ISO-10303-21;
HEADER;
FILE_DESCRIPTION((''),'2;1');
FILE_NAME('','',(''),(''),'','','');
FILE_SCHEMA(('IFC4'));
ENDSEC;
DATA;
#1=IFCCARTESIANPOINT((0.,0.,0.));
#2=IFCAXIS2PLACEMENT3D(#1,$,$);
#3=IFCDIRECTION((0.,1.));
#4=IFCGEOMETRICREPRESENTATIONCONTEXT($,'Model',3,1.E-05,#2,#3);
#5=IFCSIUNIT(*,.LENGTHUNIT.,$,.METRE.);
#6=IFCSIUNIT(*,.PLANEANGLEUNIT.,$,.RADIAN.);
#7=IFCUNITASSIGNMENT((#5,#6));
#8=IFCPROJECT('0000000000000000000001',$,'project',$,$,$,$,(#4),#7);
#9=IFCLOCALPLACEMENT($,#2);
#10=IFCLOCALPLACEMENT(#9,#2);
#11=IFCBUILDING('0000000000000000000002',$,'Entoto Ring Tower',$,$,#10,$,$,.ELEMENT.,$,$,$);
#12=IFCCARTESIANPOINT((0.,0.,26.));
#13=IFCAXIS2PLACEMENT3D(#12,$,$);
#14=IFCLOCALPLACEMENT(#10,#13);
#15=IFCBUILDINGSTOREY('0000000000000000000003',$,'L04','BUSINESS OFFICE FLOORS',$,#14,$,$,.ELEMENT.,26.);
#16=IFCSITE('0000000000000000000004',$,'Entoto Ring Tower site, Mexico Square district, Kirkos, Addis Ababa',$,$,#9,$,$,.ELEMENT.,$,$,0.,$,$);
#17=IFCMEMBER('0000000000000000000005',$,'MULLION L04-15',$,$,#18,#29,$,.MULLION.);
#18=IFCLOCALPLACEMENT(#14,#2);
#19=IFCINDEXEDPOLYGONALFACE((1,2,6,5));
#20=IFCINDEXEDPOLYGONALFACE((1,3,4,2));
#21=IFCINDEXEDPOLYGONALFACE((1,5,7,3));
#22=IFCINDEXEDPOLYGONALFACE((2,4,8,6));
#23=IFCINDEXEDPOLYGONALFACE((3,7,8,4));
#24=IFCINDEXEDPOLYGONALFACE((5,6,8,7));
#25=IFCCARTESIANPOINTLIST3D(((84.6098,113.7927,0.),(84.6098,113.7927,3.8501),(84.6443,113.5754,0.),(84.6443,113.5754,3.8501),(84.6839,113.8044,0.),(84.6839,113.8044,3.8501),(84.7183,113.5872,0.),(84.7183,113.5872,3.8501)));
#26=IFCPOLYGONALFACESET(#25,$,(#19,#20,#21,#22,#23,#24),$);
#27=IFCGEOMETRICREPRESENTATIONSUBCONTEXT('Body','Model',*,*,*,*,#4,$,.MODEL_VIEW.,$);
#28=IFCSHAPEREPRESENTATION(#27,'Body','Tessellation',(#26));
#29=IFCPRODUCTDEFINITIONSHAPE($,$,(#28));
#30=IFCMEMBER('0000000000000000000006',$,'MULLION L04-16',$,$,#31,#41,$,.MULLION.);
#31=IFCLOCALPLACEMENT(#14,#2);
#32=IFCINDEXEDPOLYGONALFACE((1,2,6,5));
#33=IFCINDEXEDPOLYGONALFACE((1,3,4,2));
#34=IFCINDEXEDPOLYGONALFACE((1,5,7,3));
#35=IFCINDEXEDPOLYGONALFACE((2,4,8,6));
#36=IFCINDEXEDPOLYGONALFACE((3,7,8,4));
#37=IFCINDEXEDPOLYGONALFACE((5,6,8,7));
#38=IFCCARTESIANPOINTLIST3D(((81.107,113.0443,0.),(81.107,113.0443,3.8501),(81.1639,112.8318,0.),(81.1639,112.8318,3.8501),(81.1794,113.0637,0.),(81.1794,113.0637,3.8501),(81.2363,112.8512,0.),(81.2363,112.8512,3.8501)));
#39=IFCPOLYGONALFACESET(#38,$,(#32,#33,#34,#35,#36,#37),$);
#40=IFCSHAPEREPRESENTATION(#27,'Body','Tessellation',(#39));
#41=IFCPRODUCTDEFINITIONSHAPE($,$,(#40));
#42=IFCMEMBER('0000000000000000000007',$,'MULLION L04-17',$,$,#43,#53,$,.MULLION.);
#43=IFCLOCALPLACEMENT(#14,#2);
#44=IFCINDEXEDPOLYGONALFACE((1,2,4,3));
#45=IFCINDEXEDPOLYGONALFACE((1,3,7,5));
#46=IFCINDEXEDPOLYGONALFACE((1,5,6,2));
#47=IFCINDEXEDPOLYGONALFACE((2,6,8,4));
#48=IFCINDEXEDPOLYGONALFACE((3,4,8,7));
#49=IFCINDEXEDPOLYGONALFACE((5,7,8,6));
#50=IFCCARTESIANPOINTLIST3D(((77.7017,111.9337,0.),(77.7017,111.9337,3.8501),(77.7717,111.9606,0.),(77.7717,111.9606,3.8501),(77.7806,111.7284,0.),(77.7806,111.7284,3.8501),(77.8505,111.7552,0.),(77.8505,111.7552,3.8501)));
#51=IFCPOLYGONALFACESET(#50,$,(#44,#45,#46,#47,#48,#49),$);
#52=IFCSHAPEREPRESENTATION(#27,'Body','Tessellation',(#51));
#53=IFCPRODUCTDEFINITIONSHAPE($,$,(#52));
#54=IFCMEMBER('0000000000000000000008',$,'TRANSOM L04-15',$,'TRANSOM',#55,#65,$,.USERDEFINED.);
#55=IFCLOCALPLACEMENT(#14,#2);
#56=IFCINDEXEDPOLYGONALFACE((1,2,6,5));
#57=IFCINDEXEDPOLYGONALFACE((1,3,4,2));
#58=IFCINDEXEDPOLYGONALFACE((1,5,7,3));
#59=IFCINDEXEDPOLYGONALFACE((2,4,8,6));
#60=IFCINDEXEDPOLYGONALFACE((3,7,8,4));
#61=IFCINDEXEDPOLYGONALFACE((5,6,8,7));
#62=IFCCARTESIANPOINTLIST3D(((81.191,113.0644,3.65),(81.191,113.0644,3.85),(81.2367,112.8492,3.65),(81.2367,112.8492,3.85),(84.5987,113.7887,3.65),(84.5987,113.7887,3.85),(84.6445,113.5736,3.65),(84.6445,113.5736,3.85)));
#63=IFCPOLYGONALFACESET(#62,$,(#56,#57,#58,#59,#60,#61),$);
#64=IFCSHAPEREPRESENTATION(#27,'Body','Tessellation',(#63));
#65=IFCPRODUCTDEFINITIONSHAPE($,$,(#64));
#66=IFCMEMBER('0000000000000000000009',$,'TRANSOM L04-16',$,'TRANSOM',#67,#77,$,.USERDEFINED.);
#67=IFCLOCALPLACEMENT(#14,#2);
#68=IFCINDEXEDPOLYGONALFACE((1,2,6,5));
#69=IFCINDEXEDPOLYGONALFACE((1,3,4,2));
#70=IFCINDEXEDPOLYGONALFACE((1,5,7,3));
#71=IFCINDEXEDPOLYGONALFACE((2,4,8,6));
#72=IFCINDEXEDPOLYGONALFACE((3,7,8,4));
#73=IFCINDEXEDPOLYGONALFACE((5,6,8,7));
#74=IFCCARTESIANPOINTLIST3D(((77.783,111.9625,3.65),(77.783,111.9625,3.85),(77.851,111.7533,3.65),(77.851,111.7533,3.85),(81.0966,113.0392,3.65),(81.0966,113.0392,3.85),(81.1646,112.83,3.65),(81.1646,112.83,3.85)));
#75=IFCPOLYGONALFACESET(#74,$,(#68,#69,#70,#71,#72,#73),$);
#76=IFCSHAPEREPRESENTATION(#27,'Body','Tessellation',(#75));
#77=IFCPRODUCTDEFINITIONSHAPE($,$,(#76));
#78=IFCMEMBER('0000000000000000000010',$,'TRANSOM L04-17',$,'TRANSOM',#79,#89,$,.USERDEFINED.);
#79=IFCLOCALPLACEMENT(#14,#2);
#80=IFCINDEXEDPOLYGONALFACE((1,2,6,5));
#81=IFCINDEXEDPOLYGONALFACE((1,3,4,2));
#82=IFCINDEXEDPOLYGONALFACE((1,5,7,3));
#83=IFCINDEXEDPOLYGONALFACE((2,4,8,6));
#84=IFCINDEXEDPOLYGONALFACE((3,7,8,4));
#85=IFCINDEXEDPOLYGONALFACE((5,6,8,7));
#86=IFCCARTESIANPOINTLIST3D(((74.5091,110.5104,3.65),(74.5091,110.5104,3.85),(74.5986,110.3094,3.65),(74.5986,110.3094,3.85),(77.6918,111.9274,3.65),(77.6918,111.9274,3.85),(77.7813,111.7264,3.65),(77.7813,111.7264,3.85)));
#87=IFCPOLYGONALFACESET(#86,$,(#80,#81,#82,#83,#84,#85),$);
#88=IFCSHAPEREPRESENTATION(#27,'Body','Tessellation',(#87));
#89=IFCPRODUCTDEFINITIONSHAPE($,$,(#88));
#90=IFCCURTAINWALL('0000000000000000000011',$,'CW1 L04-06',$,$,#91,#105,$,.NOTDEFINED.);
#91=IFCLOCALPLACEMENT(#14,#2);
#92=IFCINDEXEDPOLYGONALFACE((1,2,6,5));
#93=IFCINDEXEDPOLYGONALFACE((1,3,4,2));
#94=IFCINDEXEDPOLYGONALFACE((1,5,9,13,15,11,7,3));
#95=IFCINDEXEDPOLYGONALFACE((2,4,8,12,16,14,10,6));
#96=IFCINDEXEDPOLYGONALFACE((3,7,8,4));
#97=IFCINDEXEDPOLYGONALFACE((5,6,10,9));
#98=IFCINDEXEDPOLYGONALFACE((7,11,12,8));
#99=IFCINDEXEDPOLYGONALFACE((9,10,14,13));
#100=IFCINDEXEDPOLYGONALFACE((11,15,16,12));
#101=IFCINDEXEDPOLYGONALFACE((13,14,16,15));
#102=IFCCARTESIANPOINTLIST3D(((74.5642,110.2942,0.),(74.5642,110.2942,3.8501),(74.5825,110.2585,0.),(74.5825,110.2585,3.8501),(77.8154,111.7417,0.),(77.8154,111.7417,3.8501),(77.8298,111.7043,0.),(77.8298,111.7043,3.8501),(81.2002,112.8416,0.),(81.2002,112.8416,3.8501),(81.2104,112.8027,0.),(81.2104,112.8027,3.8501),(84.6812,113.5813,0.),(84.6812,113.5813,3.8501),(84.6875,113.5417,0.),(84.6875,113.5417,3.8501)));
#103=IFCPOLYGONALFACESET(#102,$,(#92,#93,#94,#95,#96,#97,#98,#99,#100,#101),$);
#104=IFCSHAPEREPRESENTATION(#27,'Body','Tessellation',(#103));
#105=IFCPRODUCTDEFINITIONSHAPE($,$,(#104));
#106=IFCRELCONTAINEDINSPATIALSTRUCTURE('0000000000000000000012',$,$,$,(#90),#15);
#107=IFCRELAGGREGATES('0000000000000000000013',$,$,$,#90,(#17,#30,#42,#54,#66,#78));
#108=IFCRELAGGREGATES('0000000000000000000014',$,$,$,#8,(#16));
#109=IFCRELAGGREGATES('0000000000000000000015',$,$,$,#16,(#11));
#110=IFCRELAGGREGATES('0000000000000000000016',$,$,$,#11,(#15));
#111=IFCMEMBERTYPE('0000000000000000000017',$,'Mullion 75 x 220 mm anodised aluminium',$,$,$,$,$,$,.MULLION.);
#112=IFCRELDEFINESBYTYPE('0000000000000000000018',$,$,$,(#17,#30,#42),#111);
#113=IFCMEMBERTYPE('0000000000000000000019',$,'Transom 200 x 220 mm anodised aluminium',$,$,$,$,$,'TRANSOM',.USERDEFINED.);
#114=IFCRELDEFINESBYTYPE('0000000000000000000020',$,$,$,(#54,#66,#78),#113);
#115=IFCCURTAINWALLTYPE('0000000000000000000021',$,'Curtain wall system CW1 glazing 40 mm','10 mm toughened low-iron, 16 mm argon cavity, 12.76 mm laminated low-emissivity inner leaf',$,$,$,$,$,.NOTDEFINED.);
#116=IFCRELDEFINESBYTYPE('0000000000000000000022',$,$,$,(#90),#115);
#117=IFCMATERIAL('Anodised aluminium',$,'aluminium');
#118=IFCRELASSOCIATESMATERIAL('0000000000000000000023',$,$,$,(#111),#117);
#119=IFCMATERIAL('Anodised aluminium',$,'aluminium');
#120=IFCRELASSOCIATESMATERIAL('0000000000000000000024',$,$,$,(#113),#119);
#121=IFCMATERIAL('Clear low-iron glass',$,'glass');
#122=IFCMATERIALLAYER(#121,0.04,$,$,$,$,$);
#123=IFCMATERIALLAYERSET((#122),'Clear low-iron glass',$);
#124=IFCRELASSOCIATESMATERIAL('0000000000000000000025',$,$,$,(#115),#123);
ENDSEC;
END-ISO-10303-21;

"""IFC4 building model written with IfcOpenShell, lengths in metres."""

from ifc_helpers import new_model, si_unit, direction, frame, origin, origin_2d, place, context, subcontext, project, spatial, polyline, rectangle, outline, extrude, material, layer, layer_set, material_profile, profile_set, type_object, element, aggregate, save


model = new_model("IFC4")

# Units and contexts
model_context = context("Model", 3, precision=1e-05, world=origin(), true_north=direction((0.0, 1.0)))
body_context = subcontext(model_context, "Body", "Model", "MODEL_VIEW")
ifc_project = project(units=[si_unit("LENGTHUNIT", "METRE"), si_unit("PLANEANGLEUNIT", "RADIAN")], contexts=[model_context])

# Members
ifc_material_1 = material(Name="Anodised aluminium", Category="aluminium")
ifc_material_profile_1 = material_profile(ifc_material_1, rectangle(XDim=0.075, YDim=0.22, at=origin_2d()), Name="Mullion 75 x 220 mm anodised aluminium")
ifc_profile_set_1 = profile_set([ifc_material_profile_1], Name="Anodised aluminium")
member_type_1 = type_object("IfcMemberType", Name="Mullion 75 x 220 mm anodised aluminium", PredefinedType="MULLION", material=ifc_profile_set_1)
site_placement = place(None, origin())
building_placement = place(site_placement, origin())
storey_placement = place(building_placement, frame((0.0, 0.0, 26.0)))
member_1_placement = place(storey_placement, frame((84.6641, 113.6899, 0.0), z_axis=(0.0, 0.0, 1.0), x_axis=(-0.987688, -0.156434, 0.0)))
member_1 = element("IfcMember", 1, at=member_1_placement, type_object=member_type_1, Name="MULLION L04-15", PredefinedType="MULLION", context=body_context, shape_type="SweptSolid", body=[
    extrude(rectangle(XDim=0.075, YDim=0.22, at=origin_2d()), origin(), (0.0, 0.0, 1.0), 3.8501),
])
member_2_placement = place(storey_placement, frame((81.1716, 112.9478, 0.0), z_axis=(0.0, 0.0, 1.0), x_axis=(-0.965926, -0.258819, 0.0)))
member_2 = element("IfcMember", 2, at=member_2_placement, type_object=member_type_1, Name="MULLION L04-16", PredefinedType="MULLION", context=body_context, shape_type="SweptSolid", body=[
    extrude(rectangle(XDim=0.075, YDim=0.22, at=origin_2d()), origin(), (0.0, 0.0, 1.0), 3.8501),
])
member_3_placement = place(storey_placement, frame((77.7761, 111.8445, 0.0), z_axis=(0.0, 0.0, 1.0), x_axis=(-0.93358, -0.358368, 0.0)))
member_3 = element("IfcMember", 3, at=member_3_placement, type_object=member_type_1, Name="MULLION L04-17", PredefinedType="MULLION", context=body_context, shape_type="SweptSolid", body=[
    extrude(rectangle(XDim=0.075, YDim=0.22, at=origin_2d()), origin(), (0.0, 0.0, 1.0), 3.8501),
])
ifc_material_2 = material(Name="Anodised aluminium", Category="aluminium")
ifc_material_profile_2 = material_profile(ifc_material_2, rectangle(XDim=0.22, YDim=0.2, at=origin_2d()), Name="Transom 200 x 220 mm anodised aluminium")
ifc_profile_set_2 = profile_set([ifc_material_profile_2], Name="Anodised aluminium")
member_type_2 = type_object("IfcMemberType", Name="Transom 200 x 220 mm anodised aluminium", ElementType="TRANSOM", PredefinedType="USERDEFINED", material=ifc_profile_set_2)
member_4_placement = place(storey_placement, frame((84.6216, 113.6812, 3.75), z_axis=(-0.978146, -0.207921, 0.0), x_axis=(0.207921, -0.978146, 0.0)))
member_4 = element("IfcMember", 4, at=member_4_placement, type_object=member_type_2, Name="TRANSOM L04-15", ObjectType="TRANSOM", PredefinedType="USERDEFINED", context=body_context, shape_type="SweptSolid", body=[
    extrude(rectangle(XDim=0.22, YDim=0.2, at=origin_2d()), origin(), (0.0, 0.0, 1.0), 3.4839),
])
member_5_placement = place(storey_placement, frame((81.1306, 112.9346, 3.75), z_axis=(-0.951053, -0.309029, 0.0), x_axis=(0.309029, -0.951053, 0.0)))
member_5 = element("IfcMember", 5, at=member_5_placement, type_object=member_type_2, Name="TRANSOM L04-16", ObjectType="TRANSOM", PredefinedType="USERDEFINED", context=body_context, shape_type="SweptSolid", body=[
    extrude(rectangle(XDim=0.22, YDim=0.2, at=origin_2d()), origin(), (0.0, 0.0, 1.0), 3.4841),
])
member_6_placement = place(storey_placement, frame((77.7366, 111.8269, 3.75), z_axis=(-0.913545, -0.406737, 0.0), x_axis=(0.406737, -0.913545, 0.0)))
member_6 = element("IfcMember", 6, at=member_6_placement, type_object=member_type_2, Name="TRANSOM L04-17", ObjectType="TRANSOM", PredefinedType="USERDEFINED", context=body_context, shape_type="SweptSolid", body=[
    extrude(rectangle(XDim=0.22, YDim=0.2, at=origin_2d()), origin(), (0.0, 0.0, 1.0), 3.4839),
])

# Site, building, storey
site = spatial("IfcSite", under=ifc_project, at=site_placement, Name="Entoto Ring Tower site, Mexico Square district, Kirkos, Addis Ababa", CompositionType="ELEMENT", RefElevation=0.0)
building = spatial("IfcBuilding", under=site, at=building_placement, Name="Entoto Ring Tower", CompositionType="ELEMENT")
storey = spatial("IfcBuildingStorey", under=building, at=storey_placement, Name="L04", Description="BUSINESS OFFICE FLOORS", CompositionType="ELEMENT", Elevation=26.0)

# Curtain wall
ifc_material_3 = material(Name="Clear low-iron glass", Category="glass")
ifc_layer = layer(ifc_material_3, 0.04)
ifc_layer_set = layer_set([ifc_layer], Name="Clear low-iron glass")
curtain_wall_type = type_object("IfcCurtainWallType", Name="Curtain wall system CW1 glazing 40 mm", Description="10 mm toughened low-iron, 16 mm argon cavity, 12.76 mm laminated low-emissivity inner leaf", PredefinedType="NOTDEFINED", material=ifc_layer_set)
curtain_wall_1_placement = place(storey_placement, origin())
curtain_wall_1 = element("IfcCurtainWall", 7, at=curtain_wall_1_placement, inside=storey, type_object=curtain_wall_type, Name="CW1 L04-06", PredefinedType="NOTDEFINED", context=body_context, shape_type="SweptSolid", body=[
    extrude(outline(polyline([(84.6812, 113.5813), (81.2002, 112.8416), (77.8154, 111.7417), (74.5642, 110.2942), (74.5825, 110.2585), (77.8298, 111.7043), (81.2104, 112.8027), (84.6875, 113.5417), (84.6812, 113.5813)])), origin(), (0.0, 0.0, 1.0), 3.8501),
])
aggregate(curtain_wall_1, [member_1, member_2, member_3, member_4, member_5, member_6])

save(model, "model.ifc")
